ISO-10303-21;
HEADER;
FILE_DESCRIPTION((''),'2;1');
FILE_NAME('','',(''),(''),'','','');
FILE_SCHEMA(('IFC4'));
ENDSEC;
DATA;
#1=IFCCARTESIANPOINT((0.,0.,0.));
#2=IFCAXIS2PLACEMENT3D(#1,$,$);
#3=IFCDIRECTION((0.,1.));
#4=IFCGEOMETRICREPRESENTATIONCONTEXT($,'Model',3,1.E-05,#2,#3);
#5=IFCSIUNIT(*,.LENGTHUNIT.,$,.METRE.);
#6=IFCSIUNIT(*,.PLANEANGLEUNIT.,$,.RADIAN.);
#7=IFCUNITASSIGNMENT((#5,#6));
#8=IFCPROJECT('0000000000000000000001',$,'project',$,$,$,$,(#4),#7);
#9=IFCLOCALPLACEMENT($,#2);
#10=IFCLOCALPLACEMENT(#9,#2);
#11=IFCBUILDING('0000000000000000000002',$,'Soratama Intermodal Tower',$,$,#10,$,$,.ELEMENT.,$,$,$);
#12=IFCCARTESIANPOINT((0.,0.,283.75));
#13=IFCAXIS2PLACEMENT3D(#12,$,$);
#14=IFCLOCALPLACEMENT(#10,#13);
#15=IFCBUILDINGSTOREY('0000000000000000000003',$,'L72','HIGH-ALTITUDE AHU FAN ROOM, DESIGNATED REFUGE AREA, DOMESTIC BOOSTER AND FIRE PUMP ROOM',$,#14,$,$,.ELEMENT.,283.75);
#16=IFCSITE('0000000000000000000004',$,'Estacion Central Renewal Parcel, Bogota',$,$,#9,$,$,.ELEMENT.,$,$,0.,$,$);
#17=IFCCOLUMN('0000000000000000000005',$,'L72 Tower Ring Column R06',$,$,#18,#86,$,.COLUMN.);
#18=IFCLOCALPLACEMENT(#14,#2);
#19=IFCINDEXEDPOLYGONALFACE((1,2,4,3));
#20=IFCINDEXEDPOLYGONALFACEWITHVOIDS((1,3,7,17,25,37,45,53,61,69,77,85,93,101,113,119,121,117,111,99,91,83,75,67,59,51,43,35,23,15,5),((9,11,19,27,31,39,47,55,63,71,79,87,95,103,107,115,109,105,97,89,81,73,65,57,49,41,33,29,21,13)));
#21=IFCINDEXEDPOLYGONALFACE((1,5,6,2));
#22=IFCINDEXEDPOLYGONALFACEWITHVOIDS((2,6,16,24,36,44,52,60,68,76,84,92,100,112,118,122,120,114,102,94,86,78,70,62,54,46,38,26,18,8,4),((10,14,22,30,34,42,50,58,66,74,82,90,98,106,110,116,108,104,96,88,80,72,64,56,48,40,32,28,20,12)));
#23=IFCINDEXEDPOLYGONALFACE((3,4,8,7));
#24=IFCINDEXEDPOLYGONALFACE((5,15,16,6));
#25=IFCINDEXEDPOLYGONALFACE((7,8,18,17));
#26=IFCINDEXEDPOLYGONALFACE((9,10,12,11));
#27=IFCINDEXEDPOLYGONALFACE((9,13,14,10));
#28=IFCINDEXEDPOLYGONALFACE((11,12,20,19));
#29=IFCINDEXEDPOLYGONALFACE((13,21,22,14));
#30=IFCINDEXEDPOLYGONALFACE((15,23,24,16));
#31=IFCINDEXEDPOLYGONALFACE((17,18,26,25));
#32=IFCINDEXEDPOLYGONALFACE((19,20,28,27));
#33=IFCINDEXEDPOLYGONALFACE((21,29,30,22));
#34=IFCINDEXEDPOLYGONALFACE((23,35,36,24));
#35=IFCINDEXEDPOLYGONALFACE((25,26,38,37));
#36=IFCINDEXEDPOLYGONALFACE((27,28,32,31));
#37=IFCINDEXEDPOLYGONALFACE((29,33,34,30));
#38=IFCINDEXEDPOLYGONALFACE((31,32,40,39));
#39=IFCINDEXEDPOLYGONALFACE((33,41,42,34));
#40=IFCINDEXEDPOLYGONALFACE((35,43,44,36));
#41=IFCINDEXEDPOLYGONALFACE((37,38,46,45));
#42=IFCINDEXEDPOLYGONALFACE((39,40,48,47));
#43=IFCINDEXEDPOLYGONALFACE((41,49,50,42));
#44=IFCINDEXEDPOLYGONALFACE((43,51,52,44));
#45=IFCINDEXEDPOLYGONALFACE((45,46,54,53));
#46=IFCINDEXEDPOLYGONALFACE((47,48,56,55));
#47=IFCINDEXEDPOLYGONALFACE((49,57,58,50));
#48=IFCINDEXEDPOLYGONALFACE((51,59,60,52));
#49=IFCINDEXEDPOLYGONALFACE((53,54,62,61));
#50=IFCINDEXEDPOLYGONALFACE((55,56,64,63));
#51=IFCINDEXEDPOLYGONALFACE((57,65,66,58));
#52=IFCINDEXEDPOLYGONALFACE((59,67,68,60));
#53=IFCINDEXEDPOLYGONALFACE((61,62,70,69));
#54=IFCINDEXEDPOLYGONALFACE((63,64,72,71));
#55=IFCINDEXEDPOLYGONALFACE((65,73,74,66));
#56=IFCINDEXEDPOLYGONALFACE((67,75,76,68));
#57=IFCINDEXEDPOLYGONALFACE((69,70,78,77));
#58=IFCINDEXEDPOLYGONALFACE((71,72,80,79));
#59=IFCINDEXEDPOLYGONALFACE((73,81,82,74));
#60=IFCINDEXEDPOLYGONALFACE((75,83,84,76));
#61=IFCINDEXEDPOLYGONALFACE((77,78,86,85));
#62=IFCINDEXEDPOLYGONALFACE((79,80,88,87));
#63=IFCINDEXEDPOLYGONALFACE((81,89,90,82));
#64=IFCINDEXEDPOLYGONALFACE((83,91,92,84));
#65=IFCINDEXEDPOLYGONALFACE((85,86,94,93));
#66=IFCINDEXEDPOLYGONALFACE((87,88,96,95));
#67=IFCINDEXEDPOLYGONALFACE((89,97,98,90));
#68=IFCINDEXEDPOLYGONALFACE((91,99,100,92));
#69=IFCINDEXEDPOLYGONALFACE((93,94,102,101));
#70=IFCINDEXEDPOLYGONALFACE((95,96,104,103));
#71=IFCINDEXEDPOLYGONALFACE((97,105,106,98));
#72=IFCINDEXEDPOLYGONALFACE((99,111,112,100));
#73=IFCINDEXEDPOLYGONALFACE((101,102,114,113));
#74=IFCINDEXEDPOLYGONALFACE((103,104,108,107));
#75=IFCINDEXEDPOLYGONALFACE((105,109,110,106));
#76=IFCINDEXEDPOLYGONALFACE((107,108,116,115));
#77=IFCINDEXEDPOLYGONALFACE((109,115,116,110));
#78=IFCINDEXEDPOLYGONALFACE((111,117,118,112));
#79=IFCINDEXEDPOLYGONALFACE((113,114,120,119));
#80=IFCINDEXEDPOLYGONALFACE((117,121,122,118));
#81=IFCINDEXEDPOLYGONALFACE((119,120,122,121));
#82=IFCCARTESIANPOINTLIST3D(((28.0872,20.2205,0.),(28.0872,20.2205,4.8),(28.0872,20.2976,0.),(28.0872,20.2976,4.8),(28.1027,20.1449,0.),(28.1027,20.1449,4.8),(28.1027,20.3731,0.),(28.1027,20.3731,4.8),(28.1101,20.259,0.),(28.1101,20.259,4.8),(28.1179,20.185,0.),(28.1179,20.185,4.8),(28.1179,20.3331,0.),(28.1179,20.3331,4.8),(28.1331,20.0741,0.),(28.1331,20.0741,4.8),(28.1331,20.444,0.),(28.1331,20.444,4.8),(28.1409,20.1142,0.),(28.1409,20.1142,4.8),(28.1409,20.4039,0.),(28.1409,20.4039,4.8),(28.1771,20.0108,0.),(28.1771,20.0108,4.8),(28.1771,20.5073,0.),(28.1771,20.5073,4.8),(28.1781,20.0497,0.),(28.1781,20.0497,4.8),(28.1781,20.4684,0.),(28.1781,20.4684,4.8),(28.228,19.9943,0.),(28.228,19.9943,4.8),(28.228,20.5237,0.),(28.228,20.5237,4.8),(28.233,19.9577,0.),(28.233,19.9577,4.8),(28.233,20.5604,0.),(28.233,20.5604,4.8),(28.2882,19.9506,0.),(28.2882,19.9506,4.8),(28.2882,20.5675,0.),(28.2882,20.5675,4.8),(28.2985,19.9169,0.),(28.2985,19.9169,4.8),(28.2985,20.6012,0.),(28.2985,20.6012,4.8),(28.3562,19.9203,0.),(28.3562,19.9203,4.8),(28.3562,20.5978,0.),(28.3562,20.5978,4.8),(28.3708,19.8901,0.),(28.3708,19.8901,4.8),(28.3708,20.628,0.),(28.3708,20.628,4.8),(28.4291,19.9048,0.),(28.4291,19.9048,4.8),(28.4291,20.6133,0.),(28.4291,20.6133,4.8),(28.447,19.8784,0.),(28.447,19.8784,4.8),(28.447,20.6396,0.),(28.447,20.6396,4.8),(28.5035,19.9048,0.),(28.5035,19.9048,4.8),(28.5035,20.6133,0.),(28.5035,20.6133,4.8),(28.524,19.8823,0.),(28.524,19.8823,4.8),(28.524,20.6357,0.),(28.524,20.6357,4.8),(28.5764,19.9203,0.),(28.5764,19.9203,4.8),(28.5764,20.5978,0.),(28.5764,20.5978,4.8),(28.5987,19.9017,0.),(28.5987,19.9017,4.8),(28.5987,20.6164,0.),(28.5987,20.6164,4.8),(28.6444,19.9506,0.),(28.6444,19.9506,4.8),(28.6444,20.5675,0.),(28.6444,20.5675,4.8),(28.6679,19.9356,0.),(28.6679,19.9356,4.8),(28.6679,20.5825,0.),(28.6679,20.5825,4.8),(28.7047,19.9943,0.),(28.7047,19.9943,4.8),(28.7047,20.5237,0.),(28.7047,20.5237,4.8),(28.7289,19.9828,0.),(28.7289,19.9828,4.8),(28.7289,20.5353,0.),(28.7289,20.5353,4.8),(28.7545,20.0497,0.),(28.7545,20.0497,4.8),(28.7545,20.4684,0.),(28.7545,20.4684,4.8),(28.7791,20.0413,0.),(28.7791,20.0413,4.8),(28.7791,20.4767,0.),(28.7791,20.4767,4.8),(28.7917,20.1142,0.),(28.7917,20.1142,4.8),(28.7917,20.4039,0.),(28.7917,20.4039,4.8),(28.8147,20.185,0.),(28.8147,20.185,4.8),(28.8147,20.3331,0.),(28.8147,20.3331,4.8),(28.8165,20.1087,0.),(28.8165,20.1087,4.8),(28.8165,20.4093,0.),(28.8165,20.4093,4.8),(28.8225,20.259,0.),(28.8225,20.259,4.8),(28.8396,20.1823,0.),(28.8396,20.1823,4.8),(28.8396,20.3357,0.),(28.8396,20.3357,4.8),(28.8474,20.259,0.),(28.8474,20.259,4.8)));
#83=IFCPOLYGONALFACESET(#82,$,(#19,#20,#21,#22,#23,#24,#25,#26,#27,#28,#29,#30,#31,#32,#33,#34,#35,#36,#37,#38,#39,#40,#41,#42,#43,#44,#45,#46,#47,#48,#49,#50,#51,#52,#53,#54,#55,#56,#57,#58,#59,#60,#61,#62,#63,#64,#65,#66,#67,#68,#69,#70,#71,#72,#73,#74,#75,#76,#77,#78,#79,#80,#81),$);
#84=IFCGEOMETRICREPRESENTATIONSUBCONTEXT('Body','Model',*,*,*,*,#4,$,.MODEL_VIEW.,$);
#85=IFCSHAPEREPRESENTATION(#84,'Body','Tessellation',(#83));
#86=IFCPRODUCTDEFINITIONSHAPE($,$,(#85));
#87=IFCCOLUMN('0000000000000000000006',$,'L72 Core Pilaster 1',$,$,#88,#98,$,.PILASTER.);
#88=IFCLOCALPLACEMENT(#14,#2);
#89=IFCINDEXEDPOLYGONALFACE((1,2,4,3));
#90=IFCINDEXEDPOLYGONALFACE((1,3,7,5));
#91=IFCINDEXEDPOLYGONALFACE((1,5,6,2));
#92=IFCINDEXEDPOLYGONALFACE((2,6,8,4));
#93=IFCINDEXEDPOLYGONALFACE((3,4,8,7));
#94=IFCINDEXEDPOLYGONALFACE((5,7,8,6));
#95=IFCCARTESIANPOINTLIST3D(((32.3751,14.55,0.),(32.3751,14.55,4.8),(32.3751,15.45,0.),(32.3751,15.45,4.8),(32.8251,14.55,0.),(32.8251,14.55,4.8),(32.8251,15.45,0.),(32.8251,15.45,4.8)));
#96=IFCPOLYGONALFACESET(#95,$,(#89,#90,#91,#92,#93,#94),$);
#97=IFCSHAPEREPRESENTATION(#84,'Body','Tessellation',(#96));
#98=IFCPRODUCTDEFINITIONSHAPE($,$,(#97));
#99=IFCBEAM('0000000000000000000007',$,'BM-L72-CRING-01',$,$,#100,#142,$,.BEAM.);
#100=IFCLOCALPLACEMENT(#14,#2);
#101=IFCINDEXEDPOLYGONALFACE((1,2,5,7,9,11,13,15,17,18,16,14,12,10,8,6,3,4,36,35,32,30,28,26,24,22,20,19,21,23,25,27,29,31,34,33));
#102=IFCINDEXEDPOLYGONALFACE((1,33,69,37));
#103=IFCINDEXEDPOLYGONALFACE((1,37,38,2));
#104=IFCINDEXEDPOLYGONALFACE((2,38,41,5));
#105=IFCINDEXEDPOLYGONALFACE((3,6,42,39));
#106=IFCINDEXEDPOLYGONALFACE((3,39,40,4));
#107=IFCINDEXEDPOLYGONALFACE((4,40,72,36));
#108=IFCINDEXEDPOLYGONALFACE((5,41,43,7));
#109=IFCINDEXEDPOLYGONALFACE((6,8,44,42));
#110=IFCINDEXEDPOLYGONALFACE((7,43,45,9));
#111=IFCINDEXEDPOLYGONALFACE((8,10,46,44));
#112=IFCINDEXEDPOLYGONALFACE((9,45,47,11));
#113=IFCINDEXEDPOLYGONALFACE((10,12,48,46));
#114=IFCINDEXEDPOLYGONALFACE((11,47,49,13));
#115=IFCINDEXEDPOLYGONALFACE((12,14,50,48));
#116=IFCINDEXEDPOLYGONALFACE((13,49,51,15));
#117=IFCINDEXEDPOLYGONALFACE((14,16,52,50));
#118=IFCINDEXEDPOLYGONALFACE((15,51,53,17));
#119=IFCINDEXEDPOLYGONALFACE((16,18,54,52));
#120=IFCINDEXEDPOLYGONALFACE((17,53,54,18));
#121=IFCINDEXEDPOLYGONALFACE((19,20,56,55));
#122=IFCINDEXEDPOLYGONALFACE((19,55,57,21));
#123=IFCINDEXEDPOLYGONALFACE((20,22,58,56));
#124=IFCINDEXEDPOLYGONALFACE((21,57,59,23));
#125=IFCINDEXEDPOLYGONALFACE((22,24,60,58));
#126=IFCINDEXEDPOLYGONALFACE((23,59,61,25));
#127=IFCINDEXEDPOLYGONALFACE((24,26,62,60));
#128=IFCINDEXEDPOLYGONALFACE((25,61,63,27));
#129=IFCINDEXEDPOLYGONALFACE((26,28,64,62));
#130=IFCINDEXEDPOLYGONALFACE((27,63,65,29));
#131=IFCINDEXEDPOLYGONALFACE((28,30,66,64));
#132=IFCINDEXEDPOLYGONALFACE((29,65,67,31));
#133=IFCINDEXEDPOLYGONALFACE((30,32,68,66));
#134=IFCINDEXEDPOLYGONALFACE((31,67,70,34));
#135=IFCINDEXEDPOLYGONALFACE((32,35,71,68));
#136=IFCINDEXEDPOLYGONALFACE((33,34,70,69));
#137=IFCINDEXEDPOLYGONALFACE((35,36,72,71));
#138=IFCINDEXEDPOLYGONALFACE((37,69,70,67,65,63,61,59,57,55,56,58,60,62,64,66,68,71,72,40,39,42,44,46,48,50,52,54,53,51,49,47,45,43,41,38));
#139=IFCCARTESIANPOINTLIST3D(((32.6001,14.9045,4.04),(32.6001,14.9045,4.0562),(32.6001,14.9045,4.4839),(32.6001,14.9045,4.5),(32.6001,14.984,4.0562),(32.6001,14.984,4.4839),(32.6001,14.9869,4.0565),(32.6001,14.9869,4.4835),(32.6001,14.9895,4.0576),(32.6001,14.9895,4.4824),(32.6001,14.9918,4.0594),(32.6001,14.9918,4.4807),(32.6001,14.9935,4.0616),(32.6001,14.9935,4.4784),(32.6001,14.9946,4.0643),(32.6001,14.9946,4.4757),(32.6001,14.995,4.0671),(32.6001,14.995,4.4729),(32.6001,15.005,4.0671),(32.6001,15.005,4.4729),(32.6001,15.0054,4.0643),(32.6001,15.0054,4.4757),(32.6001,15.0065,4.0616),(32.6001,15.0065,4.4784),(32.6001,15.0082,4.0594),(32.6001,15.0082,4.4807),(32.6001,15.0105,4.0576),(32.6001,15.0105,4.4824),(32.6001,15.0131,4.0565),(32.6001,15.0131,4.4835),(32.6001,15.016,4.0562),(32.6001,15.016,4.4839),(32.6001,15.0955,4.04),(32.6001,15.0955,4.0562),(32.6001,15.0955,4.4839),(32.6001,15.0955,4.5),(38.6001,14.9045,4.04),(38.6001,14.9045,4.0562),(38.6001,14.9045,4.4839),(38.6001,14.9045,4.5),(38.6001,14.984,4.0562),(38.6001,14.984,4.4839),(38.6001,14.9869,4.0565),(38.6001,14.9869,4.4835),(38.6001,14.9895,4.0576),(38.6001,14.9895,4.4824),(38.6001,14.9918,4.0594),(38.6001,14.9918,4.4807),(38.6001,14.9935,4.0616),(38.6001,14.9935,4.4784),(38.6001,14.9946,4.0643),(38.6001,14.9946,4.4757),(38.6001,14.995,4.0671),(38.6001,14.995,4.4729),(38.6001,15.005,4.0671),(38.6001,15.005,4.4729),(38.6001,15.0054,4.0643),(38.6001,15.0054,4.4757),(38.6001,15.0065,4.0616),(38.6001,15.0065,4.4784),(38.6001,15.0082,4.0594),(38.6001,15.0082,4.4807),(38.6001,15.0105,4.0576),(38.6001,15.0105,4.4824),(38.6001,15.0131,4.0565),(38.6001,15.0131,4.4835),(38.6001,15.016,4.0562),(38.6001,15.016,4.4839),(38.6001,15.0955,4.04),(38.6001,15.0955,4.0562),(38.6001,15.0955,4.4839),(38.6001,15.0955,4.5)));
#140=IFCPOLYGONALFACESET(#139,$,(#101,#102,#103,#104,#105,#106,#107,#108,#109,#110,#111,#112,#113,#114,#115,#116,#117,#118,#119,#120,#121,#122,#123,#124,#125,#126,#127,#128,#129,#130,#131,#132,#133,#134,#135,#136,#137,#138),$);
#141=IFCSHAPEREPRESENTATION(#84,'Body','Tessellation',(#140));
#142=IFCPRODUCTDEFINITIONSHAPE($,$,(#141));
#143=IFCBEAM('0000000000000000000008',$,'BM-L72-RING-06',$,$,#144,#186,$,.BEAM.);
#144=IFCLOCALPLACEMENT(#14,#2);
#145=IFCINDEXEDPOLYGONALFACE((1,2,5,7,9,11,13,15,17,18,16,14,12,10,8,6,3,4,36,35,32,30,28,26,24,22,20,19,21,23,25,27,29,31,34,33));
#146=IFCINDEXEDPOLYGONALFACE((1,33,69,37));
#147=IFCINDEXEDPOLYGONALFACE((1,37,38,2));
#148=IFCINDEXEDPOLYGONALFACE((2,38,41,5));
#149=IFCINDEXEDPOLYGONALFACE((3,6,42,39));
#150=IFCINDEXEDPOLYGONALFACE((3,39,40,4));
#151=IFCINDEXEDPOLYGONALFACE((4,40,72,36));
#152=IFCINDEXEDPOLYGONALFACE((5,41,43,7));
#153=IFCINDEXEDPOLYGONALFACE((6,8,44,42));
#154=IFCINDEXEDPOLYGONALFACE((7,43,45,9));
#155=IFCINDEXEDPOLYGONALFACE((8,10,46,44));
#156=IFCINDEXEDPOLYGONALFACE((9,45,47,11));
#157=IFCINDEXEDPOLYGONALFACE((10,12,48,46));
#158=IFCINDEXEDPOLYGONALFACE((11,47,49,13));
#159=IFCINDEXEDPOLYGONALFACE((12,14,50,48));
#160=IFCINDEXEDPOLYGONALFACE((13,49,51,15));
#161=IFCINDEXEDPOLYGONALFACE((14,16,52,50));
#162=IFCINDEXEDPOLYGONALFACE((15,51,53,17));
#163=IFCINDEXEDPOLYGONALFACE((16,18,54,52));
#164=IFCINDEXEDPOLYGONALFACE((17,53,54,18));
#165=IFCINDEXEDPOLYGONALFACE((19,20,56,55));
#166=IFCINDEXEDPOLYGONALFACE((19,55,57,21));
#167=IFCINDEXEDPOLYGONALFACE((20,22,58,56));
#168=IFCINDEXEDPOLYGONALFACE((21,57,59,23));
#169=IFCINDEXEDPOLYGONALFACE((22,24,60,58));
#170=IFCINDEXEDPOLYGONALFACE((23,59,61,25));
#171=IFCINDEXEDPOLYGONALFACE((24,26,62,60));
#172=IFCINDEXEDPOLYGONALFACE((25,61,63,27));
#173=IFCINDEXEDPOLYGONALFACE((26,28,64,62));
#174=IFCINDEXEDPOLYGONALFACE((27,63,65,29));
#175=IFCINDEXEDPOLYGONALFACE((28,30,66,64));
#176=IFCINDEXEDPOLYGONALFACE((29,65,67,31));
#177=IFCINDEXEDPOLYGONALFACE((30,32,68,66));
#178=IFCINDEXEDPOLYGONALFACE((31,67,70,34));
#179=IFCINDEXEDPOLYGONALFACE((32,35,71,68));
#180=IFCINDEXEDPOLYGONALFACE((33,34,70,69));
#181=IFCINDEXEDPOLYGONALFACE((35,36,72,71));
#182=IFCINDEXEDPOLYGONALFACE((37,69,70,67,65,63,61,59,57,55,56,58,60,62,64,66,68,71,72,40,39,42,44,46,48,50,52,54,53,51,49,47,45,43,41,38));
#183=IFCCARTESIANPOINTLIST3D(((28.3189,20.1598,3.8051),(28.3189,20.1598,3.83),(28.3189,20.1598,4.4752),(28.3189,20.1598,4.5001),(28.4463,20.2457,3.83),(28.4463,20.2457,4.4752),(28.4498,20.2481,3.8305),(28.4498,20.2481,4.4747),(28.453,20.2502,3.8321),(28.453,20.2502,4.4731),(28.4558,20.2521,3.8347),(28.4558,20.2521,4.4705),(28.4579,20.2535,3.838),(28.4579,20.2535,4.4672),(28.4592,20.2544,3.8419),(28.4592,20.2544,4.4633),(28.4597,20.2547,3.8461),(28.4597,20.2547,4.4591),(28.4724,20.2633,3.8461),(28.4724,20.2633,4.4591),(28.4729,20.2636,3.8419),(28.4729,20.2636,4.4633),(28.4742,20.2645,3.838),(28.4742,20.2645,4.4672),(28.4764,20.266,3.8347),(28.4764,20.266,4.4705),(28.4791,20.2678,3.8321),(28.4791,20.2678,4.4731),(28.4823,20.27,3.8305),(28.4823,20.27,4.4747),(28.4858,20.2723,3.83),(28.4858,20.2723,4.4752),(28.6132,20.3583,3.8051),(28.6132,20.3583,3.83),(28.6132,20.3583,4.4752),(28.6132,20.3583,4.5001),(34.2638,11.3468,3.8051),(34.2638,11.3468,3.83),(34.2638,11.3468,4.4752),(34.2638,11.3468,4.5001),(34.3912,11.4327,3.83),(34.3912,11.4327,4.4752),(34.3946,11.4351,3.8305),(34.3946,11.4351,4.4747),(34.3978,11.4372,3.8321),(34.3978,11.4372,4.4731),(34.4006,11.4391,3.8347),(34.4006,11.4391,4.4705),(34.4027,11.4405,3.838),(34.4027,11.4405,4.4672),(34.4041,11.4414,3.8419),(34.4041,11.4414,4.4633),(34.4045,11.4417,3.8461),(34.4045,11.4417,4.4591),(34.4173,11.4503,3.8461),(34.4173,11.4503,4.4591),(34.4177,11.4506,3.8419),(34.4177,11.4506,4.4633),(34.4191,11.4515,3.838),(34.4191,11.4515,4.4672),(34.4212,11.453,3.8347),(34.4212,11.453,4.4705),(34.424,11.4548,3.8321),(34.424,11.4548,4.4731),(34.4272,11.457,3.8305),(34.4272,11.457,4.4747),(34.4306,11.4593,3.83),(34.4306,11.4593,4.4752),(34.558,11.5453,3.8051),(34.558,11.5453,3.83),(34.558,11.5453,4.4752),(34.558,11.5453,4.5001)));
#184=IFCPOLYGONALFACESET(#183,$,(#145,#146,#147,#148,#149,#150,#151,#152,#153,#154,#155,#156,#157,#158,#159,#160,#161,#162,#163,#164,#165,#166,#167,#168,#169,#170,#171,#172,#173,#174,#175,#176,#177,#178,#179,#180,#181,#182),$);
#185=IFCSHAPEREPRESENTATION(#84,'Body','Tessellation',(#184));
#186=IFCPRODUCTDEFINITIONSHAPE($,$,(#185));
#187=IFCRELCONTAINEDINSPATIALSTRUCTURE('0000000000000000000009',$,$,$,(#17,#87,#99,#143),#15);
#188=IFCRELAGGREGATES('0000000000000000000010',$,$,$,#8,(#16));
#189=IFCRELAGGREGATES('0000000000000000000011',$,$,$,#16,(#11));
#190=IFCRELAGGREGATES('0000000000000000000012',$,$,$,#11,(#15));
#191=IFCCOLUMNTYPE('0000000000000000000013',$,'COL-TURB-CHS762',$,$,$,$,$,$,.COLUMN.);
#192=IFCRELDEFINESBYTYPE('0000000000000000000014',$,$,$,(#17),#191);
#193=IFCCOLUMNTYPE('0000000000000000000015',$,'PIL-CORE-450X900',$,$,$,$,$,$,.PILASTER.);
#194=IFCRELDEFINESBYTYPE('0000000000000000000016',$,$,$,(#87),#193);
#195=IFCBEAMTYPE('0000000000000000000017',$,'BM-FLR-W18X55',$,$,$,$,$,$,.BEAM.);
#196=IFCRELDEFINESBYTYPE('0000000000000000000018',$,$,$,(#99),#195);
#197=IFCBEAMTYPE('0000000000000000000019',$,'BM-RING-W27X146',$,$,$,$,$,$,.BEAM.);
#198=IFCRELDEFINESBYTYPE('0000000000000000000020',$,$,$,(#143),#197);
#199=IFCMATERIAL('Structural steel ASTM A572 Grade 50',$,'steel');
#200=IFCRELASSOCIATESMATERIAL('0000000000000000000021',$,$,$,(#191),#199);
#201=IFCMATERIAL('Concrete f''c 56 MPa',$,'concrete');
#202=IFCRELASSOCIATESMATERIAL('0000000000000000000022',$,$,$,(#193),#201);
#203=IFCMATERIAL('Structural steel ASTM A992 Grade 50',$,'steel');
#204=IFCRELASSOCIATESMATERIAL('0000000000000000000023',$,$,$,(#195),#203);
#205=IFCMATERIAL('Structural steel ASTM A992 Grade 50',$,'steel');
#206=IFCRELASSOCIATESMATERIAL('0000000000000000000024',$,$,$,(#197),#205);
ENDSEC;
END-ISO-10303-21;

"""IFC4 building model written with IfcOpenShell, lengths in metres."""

from ifc_helpers import new_model, si_unit, direction, frame, origin, origin_2d, place, context, subcontext, project, spatial, rectangle, hollow_circle, i_section, extrude, material, material_profile, profile_set, type_object, element, save


model = new_model("IFC4")

# Units and contexts
model_context = context("Model", 3, precision=1e-05, world=origin(), true_north=direction((0.0, 1.0)))
body_context = subcontext(model_context, "Body", "Model", "MODEL_VIEW")
ifc_project = project(units=[si_unit("LENGTHUNIT", "METRE"), si_unit("PLANEANGLEUNIT", "RADIAN")], contexts=[model_context])

# Site, building, storey
site_placement = place(None, origin())
site = spatial("IfcSite", under=ifc_project, at=site_placement, Name="Estacion Central Renewal Parcel, Bogota", CompositionType="ELEMENT", RefElevation=0.0)
building_placement = place(site_placement, origin())
building = spatial("IfcBuilding", under=site, at=building_placement, Name="Soratama Intermodal Tower", CompositionType="ELEMENT")
storey_placement = place(building_placement, frame((0.0, 0.0, 283.75)))
storey = spatial("IfcBuildingStorey", under=building, at=storey_placement, Name="L72", Description="HIGH-ALTITUDE AHU FAN ROOM, DESIGNATED REFUGE AREA, DOMESTIC BOOSTER AND FIRE PUMP ROOM", CompositionType="ELEMENT", Elevation=283.75)

# Columns
ifc_material_1 = material(Name="Structural steel ASTM A572 Grade 50", Category="steel")
ifc_material_profile_1 = material_profile(ifc_material_1, hollow_circle(Radius=0.3811, WallThickness=0.0249, at=origin_2d()), Name="CHS762X25")
ifc_profile_set_1 = profile_set([ifc_material_profile_1], Name="Structural steel ASTM A572 Grade 50")
column_type_1 = type_object("IfcColumnType", Name="COL-TURB-CHS762", PredefinedType="COLUMN", material=ifc_profile_set_1)
column_1_placement = place(storey_placement, frame((28.4663, 20.259, 0.0), z_axis=(0.0, 0.0, 1.0), x_axis=(1.0, 0.0, 0.0)))
element("IfcColumn", 1, at=column_1_placement, inside=storey, type_object=column_type_1, Name="L72 Tower Ring Column R06", PredefinedType="COLUMN", context=body_context, shape_type="SweptSolid", body=[
    extrude(hollow_circle(Radius=0.3811, WallThickness=0.0249, at=origin_2d()), origin(), (0.0, 0.0, 1.0), 4.8),
])
ifc_material_2 = material(Name="Concrete f'c 56 MPa", Category="concrete")
ifc_material_profile_2 = material_profile(ifc_material_2, rectangle(XDim=0.45, YDim=0.8999, at=origin_2d()), Name="RC450X900")
ifc_profile_set_2 = profile_set([ifc_material_profile_2], Name="Concrete f'c 56 MPa")
column_type_2 = type_object("IfcColumnType", Name="PIL-CORE-450X900", PredefinedType="PILASTER", material=ifc_profile_set_2)
column_2_placement = place(storey_placement, frame((32.6001, 15.0, 0.0), z_axis=(0.0, 0.0, 1.0), x_axis=(1.0, 0.0, 0.0)))
element("IfcColumn", 2, at=column_2_placement, inside=storey, type_object=column_type_2, Name="L72 Core Pilaster 1", PredefinedType="PILASTER", context=body_context, shape_type="SweptSolid", body=[
    extrude(rectangle(XDim=0.45, YDim=0.8999, at=origin_2d()), origin(), (0.0, 0.0, 1.0), 4.8),
])

# Beams
ifc_material_3 = material(Name="Structural steel ASTM A992 Grade 50", Category="steel")
ifc_material_profile_3 = material_profile(ifc_material_3, i_section(OverallWidth=0.1909, OverallDepth=0.46, WebThickness=0.01, FlangeThickness=0.0161, FilletRadius=0.011, at=origin_2d()), Name="W18X55")
ifc_profile_set_3 = profile_set([ifc_material_profile_3], Name="Structural steel ASTM A992 Grade 50")
beam_type_1 = type_object("IfcBeamType", Name="BM-FLR-W18X55", PredefinedType="BEAM", material=ifc_profile_set_3)
beam_1_placement = place(storey_placement, frame((32.6001, 15.0, 4.27), z_axis=(1.0, 0.0, 0.0), x_axis=(0.0, 1.0, 0.0)))
element("IfcBeam", 3, at=beam_1_placement, inside=storey, type_object=beam_type_1, Name="BM-L72-CRING-01", PredefinedType="BEAM", context=body_context, shape_type="SweptSolid", body=[
    extrude(i_section(OverallWidth=0.1909, OverallDepth=0.46, WebThickness=0.01, FlangeThickness=0.0161, FilletRadius=0.011, at=origin_2d()), origin(), (0.0, 0.0, 1.0), 6.0),
])
ifc_material_4 = material(Name="Structural steel ASTM A992 Grade 50", Category="steel")
ifc_material_profile_4 = material_profile(ifc_material_4, i_section(OverallWidth=0.355, OverallDepth=0.6951, WebThickness=0.0154, FlangeThickness=0.0249, FilletRadius=0.0161, at=origin_2d()), Name="W27X146")
ifc_profile_set_4 = profile_set([ifc_material_profile_4], Name="Structural steel ASTM A992 Grade 50")
beam_type_2 = type_object("IfcBeamType", Name="BM-RING-W27X146", PredefinedType="BEAM", material=ifc_profile_set_4)
beam_2_placement = place(storey_placement, frame((28.4661, 20.259, 4.1526), z_axis=(0.559218, -0.829021, 0.0), x_axis=(0.829021, 0.559218, 0.0)))
element("IfcBeam", 4, at=beam_2_placement, inside=storey, type_object=beam_type_2, Name="BM-L72-RING-06", PredefinedType="BEAM", context=body_context, shape_type="SweptSolid", body=[
    extrude(i_section(OverallWidth=0.355, OverallDepth=0.6951, WebThickness=0.0154, FlangeThickness=0.0249, FilletRadius=0.0161, at=origin_2d()), origin(), (0.0, 0.0, 1.0), 10.6306),
])

save(model, "model.ifc")
